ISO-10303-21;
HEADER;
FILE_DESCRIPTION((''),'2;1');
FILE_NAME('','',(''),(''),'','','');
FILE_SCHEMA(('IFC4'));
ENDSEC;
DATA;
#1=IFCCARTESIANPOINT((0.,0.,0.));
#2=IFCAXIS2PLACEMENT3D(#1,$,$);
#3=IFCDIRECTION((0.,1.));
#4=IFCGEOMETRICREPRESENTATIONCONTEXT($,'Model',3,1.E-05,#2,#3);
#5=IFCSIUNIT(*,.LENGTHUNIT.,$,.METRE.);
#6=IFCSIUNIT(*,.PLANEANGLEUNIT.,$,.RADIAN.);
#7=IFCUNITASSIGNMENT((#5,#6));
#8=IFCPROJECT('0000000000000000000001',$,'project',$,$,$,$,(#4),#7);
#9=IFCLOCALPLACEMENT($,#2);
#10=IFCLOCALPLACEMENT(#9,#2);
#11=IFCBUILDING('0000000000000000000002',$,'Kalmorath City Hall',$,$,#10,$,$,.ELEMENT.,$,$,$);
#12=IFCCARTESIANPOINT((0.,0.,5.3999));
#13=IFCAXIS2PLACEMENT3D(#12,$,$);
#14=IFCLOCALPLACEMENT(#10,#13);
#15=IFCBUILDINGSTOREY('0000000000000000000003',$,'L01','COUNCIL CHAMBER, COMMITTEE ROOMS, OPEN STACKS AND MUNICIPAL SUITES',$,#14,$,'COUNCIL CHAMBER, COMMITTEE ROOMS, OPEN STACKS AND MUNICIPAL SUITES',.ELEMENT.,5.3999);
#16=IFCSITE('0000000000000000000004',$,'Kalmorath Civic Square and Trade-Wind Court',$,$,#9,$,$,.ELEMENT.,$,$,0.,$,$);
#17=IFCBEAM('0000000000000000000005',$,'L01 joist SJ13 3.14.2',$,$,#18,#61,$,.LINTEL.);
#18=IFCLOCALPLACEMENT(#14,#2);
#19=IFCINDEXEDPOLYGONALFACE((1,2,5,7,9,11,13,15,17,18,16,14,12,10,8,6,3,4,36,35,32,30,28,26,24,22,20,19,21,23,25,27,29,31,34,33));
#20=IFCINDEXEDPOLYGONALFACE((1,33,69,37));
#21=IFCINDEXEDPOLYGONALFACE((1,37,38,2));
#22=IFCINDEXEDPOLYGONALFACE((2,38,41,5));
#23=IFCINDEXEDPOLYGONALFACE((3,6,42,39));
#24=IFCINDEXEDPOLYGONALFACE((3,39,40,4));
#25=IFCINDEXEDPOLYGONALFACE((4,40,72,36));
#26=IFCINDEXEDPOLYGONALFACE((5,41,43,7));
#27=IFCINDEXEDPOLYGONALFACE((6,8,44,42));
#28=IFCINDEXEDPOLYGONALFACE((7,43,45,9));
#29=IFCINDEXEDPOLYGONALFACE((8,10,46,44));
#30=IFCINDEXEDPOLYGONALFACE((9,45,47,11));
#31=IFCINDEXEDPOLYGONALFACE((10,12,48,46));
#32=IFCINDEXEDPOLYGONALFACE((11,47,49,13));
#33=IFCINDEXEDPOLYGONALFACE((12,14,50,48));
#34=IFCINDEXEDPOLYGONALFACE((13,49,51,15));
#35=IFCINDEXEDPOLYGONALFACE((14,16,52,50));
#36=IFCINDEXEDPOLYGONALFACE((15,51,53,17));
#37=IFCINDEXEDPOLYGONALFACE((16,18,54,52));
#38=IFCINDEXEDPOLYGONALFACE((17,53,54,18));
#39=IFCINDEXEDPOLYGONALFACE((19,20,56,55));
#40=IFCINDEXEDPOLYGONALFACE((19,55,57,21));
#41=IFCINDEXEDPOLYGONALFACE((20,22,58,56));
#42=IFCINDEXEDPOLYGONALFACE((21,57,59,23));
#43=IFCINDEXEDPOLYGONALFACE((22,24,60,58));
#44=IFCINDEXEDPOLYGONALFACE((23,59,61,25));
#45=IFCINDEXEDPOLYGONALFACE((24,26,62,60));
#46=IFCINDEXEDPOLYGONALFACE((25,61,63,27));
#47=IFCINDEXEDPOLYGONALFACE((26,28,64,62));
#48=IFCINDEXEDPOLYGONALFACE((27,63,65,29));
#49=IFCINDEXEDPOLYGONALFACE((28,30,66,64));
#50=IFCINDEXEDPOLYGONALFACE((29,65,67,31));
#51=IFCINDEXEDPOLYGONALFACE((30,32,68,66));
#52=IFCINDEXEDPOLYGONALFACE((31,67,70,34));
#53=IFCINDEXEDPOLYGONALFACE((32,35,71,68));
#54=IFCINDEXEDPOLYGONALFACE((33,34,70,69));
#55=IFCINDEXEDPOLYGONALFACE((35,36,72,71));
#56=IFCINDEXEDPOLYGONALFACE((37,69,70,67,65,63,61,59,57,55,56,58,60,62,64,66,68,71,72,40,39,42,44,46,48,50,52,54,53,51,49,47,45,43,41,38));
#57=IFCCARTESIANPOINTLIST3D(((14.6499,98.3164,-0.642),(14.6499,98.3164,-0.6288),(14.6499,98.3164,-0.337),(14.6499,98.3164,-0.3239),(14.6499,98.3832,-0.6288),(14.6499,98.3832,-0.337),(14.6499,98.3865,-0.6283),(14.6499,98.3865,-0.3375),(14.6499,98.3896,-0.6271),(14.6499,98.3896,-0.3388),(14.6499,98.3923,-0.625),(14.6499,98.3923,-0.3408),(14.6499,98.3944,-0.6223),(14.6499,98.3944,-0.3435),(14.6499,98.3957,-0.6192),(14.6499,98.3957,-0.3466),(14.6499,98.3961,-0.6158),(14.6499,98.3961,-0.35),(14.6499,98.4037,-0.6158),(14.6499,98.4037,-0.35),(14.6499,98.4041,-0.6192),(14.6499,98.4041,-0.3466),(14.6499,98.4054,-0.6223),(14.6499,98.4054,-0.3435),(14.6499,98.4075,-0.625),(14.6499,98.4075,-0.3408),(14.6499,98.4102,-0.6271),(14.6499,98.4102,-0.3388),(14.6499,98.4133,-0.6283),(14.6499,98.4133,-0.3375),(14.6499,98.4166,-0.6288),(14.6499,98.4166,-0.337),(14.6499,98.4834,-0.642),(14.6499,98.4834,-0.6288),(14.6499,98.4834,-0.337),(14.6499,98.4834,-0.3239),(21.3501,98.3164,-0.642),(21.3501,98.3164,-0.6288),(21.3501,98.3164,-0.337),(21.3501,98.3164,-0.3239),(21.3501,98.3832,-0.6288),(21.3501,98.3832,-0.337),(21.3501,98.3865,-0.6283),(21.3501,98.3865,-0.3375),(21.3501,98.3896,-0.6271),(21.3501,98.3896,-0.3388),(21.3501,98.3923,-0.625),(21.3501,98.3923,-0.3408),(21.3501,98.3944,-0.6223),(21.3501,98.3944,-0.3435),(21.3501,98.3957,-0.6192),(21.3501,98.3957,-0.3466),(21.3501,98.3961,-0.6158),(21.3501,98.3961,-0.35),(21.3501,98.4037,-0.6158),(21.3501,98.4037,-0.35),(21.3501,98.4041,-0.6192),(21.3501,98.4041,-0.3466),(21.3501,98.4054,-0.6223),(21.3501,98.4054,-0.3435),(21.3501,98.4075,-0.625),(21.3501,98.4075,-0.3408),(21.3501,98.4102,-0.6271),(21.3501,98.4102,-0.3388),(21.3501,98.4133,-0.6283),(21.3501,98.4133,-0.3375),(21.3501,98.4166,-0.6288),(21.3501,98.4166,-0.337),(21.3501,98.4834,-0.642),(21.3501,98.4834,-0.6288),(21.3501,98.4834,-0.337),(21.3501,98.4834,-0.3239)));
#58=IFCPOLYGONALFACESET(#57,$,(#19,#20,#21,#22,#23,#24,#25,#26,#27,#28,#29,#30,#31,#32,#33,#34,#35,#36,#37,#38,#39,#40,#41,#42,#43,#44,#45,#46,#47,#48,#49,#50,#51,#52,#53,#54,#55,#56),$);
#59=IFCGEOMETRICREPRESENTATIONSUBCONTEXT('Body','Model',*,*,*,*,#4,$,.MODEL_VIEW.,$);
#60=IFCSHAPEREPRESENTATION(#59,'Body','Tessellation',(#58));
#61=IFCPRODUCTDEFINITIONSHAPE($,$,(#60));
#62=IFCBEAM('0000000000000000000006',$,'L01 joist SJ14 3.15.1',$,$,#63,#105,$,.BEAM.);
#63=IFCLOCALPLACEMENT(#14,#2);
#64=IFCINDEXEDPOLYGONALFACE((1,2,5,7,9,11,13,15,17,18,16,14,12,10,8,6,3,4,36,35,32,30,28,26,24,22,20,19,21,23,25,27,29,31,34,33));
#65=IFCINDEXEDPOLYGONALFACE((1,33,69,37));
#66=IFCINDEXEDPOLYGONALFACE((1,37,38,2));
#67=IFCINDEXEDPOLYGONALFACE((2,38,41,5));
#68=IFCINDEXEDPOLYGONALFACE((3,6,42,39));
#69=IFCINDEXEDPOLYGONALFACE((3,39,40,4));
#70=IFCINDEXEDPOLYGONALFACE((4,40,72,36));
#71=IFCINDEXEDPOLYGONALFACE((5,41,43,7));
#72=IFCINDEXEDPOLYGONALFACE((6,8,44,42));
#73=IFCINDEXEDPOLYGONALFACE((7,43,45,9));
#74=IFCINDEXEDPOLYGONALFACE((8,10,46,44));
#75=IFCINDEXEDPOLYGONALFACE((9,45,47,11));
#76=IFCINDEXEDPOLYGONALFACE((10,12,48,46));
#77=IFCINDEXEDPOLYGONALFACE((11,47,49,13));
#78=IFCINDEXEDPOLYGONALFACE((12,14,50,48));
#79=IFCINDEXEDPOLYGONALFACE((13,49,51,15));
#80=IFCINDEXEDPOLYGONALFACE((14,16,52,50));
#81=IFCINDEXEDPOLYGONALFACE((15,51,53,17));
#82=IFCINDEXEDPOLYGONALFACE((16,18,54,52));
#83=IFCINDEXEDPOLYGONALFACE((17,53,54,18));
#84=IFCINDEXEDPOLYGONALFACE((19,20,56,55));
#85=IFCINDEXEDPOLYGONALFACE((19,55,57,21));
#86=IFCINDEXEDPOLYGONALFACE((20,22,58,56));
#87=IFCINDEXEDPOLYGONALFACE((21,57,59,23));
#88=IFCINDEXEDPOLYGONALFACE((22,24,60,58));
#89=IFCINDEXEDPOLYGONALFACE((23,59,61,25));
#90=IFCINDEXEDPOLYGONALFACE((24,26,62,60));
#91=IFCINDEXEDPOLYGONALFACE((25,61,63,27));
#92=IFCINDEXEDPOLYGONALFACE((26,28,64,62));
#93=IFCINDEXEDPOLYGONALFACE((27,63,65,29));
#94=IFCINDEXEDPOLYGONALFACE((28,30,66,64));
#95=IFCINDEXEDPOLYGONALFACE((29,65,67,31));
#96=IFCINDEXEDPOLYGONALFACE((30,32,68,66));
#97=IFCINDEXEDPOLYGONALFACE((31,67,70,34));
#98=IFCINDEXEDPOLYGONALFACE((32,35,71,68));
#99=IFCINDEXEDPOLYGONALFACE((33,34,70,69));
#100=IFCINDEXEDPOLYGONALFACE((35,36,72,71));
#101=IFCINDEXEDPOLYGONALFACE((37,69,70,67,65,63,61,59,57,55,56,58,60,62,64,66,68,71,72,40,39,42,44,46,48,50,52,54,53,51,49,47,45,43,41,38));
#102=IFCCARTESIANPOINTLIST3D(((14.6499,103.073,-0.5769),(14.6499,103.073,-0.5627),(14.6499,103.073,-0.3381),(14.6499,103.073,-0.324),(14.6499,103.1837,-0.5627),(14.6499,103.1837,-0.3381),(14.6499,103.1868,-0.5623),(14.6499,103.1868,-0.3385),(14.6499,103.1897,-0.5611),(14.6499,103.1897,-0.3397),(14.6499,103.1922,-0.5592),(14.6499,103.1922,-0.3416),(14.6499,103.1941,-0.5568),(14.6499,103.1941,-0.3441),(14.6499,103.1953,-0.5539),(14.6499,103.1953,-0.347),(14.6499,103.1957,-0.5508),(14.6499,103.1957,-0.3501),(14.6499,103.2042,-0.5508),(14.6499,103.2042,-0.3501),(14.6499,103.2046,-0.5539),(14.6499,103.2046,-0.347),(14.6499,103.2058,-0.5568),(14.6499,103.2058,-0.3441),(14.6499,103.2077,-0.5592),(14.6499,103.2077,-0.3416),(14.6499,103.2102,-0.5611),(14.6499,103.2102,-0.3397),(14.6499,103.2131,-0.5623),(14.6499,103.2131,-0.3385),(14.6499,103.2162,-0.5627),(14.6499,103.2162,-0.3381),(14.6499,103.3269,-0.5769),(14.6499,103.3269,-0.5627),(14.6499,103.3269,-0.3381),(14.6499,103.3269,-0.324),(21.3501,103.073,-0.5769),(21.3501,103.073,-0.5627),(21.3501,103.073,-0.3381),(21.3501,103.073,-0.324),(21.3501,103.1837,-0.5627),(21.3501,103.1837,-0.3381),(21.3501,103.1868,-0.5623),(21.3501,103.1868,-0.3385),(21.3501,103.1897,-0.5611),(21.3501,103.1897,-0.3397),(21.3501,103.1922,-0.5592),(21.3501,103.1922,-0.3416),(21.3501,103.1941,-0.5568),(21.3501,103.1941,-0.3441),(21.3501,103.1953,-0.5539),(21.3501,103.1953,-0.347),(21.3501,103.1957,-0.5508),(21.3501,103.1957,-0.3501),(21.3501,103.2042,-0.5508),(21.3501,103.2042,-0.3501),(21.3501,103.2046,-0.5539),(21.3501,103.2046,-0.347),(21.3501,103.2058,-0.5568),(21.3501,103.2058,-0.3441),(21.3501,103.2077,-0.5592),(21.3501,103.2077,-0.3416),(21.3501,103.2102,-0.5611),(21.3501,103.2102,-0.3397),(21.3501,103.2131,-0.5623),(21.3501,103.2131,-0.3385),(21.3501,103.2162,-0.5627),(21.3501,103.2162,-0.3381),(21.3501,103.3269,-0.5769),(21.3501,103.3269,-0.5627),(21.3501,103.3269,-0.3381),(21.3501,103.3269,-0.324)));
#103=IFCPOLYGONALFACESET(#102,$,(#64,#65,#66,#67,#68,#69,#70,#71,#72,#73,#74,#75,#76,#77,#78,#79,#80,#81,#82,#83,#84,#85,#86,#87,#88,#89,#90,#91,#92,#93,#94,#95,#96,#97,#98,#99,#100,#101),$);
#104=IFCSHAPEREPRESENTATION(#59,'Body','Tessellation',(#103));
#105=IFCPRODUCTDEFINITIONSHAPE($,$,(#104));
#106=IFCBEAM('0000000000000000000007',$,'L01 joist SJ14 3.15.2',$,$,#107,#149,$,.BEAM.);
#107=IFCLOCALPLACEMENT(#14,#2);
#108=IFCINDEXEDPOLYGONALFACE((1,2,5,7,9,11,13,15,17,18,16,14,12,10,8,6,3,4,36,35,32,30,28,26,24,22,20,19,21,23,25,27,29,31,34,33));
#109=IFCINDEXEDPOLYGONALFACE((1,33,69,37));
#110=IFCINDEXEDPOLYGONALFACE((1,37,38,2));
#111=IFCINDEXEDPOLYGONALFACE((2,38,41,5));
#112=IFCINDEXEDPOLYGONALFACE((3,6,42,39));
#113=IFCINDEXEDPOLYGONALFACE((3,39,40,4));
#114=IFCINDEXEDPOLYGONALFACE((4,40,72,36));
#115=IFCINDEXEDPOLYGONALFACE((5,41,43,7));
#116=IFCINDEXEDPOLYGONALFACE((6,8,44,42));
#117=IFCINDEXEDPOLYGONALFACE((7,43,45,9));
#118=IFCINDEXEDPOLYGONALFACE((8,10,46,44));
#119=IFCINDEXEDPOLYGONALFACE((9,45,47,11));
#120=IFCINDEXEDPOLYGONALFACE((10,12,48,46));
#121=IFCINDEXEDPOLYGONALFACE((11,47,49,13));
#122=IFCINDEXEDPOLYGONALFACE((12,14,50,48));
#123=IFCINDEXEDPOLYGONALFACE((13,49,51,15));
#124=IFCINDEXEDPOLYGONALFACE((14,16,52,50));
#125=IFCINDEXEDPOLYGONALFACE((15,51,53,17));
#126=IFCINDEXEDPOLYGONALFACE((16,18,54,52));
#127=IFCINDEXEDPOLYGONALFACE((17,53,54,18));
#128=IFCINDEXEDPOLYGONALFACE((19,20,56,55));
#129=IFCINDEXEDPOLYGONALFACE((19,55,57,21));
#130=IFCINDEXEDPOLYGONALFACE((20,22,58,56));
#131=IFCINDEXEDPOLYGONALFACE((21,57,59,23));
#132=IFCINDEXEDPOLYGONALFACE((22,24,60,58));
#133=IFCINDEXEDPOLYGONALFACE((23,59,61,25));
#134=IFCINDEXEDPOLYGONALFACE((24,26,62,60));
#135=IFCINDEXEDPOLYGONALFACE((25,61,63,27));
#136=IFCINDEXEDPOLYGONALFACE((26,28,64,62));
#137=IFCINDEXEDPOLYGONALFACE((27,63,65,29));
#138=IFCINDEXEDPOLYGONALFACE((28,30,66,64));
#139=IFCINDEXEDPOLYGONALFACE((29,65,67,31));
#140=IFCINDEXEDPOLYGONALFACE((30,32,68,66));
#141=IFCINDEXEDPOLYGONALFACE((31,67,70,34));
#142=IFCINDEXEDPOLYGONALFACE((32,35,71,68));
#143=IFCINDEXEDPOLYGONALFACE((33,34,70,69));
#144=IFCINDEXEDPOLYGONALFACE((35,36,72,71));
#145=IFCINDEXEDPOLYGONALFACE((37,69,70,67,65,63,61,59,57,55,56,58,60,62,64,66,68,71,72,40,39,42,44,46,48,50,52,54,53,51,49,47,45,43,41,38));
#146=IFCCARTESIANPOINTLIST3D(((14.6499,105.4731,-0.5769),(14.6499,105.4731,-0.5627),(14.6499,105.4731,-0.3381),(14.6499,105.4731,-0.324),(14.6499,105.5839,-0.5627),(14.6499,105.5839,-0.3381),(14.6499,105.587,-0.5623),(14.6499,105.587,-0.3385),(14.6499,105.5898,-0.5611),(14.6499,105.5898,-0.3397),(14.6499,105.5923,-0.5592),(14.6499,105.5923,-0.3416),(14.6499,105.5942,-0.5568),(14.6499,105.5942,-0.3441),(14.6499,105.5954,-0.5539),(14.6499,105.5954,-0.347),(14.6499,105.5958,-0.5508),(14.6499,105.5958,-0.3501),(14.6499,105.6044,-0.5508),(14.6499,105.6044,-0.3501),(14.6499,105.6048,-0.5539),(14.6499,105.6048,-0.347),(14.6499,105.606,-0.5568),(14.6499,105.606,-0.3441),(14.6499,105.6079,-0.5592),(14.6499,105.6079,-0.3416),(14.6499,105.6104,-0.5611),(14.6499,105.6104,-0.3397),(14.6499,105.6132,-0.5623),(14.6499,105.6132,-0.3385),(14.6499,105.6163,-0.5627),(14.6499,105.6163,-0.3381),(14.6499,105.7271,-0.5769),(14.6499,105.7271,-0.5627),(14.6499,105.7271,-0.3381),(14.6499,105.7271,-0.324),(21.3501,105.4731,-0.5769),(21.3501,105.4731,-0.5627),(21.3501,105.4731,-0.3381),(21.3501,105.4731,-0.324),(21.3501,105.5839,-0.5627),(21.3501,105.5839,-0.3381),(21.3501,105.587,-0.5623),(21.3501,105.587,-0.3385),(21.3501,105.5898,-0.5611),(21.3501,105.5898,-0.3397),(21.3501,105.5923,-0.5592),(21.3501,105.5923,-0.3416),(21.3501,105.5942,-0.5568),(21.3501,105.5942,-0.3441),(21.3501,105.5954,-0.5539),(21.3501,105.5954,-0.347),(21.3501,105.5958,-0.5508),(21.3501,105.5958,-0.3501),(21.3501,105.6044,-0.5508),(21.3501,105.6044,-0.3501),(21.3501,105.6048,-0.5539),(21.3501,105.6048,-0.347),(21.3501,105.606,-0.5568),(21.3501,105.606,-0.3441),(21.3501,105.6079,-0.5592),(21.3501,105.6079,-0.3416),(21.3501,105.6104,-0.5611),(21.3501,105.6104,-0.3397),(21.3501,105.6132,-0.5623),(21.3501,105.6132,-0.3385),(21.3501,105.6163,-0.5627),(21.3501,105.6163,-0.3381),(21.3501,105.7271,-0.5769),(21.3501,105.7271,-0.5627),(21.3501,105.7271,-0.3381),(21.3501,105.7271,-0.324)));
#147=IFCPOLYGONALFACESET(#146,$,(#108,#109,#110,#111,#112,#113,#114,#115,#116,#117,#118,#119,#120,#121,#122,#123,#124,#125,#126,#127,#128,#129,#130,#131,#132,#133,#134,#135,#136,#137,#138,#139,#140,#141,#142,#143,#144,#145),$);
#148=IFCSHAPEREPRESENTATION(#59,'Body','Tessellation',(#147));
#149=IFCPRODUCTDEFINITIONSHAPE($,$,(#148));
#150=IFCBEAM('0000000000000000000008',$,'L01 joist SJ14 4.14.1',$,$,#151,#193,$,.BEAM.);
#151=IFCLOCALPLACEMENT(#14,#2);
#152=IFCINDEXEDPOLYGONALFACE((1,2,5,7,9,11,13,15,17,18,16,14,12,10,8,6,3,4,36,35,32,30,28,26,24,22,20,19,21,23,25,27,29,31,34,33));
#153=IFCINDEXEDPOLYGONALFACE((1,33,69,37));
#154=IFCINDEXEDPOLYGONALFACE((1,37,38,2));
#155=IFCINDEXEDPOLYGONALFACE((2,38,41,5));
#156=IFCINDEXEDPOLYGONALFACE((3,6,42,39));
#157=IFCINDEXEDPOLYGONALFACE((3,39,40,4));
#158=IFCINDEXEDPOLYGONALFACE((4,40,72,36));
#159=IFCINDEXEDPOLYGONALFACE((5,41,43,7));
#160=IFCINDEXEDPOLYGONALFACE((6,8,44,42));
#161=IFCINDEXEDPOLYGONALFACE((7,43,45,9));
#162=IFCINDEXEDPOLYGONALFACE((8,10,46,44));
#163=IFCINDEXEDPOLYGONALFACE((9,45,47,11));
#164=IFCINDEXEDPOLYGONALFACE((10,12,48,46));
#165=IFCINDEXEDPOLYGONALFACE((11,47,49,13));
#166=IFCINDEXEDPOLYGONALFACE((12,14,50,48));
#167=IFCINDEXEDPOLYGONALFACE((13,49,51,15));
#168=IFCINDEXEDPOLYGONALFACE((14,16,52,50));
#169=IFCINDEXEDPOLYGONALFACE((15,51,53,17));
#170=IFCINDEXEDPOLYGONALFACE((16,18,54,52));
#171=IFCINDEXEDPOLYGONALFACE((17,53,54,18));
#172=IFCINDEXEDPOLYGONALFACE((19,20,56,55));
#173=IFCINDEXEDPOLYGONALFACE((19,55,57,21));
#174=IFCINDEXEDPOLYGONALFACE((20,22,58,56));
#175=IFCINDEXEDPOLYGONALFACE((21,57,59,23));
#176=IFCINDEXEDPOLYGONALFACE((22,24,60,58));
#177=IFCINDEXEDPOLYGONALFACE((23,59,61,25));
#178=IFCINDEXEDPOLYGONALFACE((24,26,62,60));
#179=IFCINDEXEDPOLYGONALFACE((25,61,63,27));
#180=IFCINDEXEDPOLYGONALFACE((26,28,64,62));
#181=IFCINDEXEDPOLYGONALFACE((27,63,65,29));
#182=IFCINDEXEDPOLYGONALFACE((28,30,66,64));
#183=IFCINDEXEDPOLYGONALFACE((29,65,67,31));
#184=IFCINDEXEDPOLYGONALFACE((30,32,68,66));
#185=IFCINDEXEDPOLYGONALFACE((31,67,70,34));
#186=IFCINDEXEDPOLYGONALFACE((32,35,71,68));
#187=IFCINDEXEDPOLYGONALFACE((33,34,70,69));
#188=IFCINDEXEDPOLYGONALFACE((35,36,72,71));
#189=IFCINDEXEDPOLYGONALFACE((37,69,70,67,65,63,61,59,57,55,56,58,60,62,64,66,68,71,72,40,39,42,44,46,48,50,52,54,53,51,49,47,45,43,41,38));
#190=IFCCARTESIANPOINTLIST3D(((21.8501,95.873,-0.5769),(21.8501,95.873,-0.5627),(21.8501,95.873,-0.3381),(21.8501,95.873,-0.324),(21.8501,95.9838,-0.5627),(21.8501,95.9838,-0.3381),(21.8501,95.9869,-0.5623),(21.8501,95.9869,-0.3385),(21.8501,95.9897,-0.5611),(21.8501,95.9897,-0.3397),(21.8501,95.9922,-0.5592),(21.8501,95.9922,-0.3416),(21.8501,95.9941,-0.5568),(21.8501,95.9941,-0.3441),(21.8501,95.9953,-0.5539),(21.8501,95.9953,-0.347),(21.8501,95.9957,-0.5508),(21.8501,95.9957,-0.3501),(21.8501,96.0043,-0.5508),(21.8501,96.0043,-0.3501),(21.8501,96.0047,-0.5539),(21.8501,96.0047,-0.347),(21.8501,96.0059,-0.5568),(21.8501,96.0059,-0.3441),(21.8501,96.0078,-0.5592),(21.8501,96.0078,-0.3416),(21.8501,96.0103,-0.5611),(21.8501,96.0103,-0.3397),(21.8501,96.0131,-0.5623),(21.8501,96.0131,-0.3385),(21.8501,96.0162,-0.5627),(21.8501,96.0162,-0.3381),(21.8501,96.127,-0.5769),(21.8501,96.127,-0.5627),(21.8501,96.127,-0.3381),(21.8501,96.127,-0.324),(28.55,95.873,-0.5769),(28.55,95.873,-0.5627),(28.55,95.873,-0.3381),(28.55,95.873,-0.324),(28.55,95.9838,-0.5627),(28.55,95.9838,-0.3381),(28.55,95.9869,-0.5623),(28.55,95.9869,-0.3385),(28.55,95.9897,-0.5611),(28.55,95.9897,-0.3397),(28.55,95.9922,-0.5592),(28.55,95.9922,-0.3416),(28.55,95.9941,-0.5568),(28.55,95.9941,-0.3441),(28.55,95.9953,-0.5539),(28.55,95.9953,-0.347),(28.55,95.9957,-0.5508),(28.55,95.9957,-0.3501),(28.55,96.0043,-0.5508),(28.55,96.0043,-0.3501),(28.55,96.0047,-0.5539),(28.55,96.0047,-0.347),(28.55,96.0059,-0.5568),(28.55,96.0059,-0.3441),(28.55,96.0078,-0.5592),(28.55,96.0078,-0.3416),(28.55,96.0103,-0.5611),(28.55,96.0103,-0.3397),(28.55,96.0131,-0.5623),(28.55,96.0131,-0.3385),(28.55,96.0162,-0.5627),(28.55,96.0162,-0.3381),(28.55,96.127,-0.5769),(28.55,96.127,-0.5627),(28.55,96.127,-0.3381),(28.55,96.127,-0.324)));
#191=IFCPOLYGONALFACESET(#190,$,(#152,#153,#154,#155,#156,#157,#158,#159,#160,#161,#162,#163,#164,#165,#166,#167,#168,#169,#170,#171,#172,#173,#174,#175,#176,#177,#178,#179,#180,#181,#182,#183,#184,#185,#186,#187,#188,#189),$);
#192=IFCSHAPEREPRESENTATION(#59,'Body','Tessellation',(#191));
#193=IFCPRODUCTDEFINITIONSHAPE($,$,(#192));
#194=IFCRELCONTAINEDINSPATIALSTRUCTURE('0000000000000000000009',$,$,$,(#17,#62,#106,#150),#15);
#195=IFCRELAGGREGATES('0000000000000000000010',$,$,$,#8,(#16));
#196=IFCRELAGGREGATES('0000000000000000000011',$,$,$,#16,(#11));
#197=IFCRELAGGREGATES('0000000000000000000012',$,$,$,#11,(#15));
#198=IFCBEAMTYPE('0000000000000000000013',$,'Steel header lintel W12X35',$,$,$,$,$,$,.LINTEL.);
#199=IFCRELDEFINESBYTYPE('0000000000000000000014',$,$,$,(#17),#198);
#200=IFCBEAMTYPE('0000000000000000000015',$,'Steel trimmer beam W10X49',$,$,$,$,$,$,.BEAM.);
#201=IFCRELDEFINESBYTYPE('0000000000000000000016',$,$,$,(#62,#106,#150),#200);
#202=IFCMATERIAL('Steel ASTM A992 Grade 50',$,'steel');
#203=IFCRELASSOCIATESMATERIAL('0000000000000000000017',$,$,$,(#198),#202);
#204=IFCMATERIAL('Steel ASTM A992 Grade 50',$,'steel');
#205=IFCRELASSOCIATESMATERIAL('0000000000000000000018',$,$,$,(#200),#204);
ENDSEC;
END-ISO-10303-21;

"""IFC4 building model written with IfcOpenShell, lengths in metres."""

from ifc_helpers import new_model, si_unit, direction, frame, origin, origin_2d, place, context, subcontext, project, spatial, i_section, extrude, material, material_profile, profile_set, type_object, element, save


model = new_model("IFC4")

# Units and contexts
model_context = context("Model", 3, precision=1e-05, world=origin(), true_north=direction((0.0, 1.0)))
body_context = subcontext(model_context, "Body", "Model", "MODEL_VIEW")
ifc_project = project(units=[si_unit("LENGTHUNIT", "METRE"), si_unit("PLANEANGLEUNIT", "RADIAN")], contexts=[model_context])

# Site, building, storey
site_placement = place(None, origin())
site = spatial("IfcSite", under=ifc_project, at=site_placement, Name="Kalmorath Civic Square and Trade-Wind Court", CompositionType="ELEMENT", RefElevation=0.0)
building_placement = place(site_placement, origin())
building = spatial("IfcBuilding", under=site, at=building_placement, Name="Kalmorath City Hall", CompositionType="ELEMENT")
storey_placement = place(building_placement, frame((0.0, 0.0, 5.3999)))
storey = spatial("IfcBuildingStorey", under=building, at=storey_placement, Name="L01", Description="COUNCIL CHAMBER, COMMITTEE ROOMS, OPEN STACKS AND MUNICIPAL SUITES", LongName="COUNCIL CHAMBER, COMMITTEE ROOMS, OPEN STACKS AND MUNICIPAL SUITES", CompositionType="ELEMENT", Elevation=5.3999)

# Beams
ifc_material_1 = material(Name="Steel ASTM A992 Grade 50", Category="steel")
ifc_material_profile_1 = material_profile(ifc_material_1, i_section(OverallWidth=0.167, OverallDepth=0.3181, WebThickness=0.0076, FlangeThickness=0.0132, FilletRadius=0.0129, at=origin_2d()), Name="W12X35")
ifc_profile_set_1 = profile_set([ifc_material_profile_1], Name="Steel ASTM A992 Grade 50")
beam_type_1 = type_object("IfcBeamType", Name="Steel header lintel W12X35", PredefinedType="LINTEL", material=ifc_profile_set_1)
for number, where, z_axis, x_axis, name in (
    (1, (14.6499, 98.3999, -0.4829), (1.0, 0.0, 0.0), (0.0, 1.0, 0.0), "L01 joist SJ13 3.14.2"),
):
    element("IfcBeam", number, at=place(storey_placement, frame(where, z_axis=z_axis, x_axis=x_axis)), inside=storey, type_object=beam_type_1, Name=name, PredefinedType="LINTEL", context=body_context, shape_type="SweptSolid", body=[
        extrude(i_section(OverallWidth=0.167, OverallDepth=0.3181, WebThickness=0.0076, FlangeThickness=0.0132, FilletRadius=0.0129, at=origin_2d()), origin(), (0.0, 0.0, 1.0), 6.7002),
    ])
ifc_material_2 = material(Name="Steel ASTM A992 Grade 50", Category="steel")
ifc_material_profile_2 = material_profile(ifc_material_2, i_section(OverallWidth=0.2539, OverallDepth=0.2529, WebThickness=0.0085, FlangeThickness=0.0142, FilletRadius=0.012, at=origin_2d()), Name="W10X49")
ifc_profile_set_2 = profile_set([ifc_material_profile_2], Name="Steel ASTM A992 Grade 50")
beam_type_2 = type_object("IfcBeamType", Name="Steel trimmer beam W10X49", PredefinedType="BEAM", material=ifc_profile_set_2)
for number, where, z_axis, x_axis, name in (
    (2, (14.6499, 103.2, -0.4504), (1.0, 0.0, 0.0), (0.0, 1.0, 0.0), "L01 joist SJ14 3.15.1"),
    (3, (14.6499, 105.6001, -0.4504), (1.0, 0.0, 0.0), (0.0, 1.0, 0.0), "L01 joist SJ14 3.15.2"),
):
    element("IfcBeam", number, at=place(storey_placement, frame(where, z_axis=z_axis, x_axis=x_axis)), inside=storey, type_object=beam_type_2, Name=name, PredefinedType="BEAM", context=body_context, shape_type="SweptSolid", body=[
        extrude(i_section(OverallWidth=0.2539, OverallDepth=0.2529, WebThickness=0.0085, FlangeThickness=0.0142, FilletRadius=0.012, at=origin_2d()), origin(), (0.0, 0.0, 1.0), 6.7002),
    ])
for number, where, z_axis, x_axis, name in (
    (4, (21.8501, 96.0, -0.4504), (1.0, 0.0, 0.0), (0.0, 1.0, 0.0), "L01 joist SJ14 4.14.1"),
):
    element("IfcBeam", number, at=place(storey_placement, frame(where, z_axis=z_axis, x_axis=x_axis)), inside=storey, type_object=beam_type_2, Name=name, PredefinedType="BEAM", context=body_context, shape_type="SweptSolid", body=[
        extrude(i_section(OverallWidth=0.2539, OverallDepth=0.2529, WebThickness=0.0085, FlangeThickness=0.0142, FilletRadius=0.012, at=origin_2d()), origin(), (0.0, 0.0, 1.0), 6.7),
    ])

save(model, "model.ifc")
